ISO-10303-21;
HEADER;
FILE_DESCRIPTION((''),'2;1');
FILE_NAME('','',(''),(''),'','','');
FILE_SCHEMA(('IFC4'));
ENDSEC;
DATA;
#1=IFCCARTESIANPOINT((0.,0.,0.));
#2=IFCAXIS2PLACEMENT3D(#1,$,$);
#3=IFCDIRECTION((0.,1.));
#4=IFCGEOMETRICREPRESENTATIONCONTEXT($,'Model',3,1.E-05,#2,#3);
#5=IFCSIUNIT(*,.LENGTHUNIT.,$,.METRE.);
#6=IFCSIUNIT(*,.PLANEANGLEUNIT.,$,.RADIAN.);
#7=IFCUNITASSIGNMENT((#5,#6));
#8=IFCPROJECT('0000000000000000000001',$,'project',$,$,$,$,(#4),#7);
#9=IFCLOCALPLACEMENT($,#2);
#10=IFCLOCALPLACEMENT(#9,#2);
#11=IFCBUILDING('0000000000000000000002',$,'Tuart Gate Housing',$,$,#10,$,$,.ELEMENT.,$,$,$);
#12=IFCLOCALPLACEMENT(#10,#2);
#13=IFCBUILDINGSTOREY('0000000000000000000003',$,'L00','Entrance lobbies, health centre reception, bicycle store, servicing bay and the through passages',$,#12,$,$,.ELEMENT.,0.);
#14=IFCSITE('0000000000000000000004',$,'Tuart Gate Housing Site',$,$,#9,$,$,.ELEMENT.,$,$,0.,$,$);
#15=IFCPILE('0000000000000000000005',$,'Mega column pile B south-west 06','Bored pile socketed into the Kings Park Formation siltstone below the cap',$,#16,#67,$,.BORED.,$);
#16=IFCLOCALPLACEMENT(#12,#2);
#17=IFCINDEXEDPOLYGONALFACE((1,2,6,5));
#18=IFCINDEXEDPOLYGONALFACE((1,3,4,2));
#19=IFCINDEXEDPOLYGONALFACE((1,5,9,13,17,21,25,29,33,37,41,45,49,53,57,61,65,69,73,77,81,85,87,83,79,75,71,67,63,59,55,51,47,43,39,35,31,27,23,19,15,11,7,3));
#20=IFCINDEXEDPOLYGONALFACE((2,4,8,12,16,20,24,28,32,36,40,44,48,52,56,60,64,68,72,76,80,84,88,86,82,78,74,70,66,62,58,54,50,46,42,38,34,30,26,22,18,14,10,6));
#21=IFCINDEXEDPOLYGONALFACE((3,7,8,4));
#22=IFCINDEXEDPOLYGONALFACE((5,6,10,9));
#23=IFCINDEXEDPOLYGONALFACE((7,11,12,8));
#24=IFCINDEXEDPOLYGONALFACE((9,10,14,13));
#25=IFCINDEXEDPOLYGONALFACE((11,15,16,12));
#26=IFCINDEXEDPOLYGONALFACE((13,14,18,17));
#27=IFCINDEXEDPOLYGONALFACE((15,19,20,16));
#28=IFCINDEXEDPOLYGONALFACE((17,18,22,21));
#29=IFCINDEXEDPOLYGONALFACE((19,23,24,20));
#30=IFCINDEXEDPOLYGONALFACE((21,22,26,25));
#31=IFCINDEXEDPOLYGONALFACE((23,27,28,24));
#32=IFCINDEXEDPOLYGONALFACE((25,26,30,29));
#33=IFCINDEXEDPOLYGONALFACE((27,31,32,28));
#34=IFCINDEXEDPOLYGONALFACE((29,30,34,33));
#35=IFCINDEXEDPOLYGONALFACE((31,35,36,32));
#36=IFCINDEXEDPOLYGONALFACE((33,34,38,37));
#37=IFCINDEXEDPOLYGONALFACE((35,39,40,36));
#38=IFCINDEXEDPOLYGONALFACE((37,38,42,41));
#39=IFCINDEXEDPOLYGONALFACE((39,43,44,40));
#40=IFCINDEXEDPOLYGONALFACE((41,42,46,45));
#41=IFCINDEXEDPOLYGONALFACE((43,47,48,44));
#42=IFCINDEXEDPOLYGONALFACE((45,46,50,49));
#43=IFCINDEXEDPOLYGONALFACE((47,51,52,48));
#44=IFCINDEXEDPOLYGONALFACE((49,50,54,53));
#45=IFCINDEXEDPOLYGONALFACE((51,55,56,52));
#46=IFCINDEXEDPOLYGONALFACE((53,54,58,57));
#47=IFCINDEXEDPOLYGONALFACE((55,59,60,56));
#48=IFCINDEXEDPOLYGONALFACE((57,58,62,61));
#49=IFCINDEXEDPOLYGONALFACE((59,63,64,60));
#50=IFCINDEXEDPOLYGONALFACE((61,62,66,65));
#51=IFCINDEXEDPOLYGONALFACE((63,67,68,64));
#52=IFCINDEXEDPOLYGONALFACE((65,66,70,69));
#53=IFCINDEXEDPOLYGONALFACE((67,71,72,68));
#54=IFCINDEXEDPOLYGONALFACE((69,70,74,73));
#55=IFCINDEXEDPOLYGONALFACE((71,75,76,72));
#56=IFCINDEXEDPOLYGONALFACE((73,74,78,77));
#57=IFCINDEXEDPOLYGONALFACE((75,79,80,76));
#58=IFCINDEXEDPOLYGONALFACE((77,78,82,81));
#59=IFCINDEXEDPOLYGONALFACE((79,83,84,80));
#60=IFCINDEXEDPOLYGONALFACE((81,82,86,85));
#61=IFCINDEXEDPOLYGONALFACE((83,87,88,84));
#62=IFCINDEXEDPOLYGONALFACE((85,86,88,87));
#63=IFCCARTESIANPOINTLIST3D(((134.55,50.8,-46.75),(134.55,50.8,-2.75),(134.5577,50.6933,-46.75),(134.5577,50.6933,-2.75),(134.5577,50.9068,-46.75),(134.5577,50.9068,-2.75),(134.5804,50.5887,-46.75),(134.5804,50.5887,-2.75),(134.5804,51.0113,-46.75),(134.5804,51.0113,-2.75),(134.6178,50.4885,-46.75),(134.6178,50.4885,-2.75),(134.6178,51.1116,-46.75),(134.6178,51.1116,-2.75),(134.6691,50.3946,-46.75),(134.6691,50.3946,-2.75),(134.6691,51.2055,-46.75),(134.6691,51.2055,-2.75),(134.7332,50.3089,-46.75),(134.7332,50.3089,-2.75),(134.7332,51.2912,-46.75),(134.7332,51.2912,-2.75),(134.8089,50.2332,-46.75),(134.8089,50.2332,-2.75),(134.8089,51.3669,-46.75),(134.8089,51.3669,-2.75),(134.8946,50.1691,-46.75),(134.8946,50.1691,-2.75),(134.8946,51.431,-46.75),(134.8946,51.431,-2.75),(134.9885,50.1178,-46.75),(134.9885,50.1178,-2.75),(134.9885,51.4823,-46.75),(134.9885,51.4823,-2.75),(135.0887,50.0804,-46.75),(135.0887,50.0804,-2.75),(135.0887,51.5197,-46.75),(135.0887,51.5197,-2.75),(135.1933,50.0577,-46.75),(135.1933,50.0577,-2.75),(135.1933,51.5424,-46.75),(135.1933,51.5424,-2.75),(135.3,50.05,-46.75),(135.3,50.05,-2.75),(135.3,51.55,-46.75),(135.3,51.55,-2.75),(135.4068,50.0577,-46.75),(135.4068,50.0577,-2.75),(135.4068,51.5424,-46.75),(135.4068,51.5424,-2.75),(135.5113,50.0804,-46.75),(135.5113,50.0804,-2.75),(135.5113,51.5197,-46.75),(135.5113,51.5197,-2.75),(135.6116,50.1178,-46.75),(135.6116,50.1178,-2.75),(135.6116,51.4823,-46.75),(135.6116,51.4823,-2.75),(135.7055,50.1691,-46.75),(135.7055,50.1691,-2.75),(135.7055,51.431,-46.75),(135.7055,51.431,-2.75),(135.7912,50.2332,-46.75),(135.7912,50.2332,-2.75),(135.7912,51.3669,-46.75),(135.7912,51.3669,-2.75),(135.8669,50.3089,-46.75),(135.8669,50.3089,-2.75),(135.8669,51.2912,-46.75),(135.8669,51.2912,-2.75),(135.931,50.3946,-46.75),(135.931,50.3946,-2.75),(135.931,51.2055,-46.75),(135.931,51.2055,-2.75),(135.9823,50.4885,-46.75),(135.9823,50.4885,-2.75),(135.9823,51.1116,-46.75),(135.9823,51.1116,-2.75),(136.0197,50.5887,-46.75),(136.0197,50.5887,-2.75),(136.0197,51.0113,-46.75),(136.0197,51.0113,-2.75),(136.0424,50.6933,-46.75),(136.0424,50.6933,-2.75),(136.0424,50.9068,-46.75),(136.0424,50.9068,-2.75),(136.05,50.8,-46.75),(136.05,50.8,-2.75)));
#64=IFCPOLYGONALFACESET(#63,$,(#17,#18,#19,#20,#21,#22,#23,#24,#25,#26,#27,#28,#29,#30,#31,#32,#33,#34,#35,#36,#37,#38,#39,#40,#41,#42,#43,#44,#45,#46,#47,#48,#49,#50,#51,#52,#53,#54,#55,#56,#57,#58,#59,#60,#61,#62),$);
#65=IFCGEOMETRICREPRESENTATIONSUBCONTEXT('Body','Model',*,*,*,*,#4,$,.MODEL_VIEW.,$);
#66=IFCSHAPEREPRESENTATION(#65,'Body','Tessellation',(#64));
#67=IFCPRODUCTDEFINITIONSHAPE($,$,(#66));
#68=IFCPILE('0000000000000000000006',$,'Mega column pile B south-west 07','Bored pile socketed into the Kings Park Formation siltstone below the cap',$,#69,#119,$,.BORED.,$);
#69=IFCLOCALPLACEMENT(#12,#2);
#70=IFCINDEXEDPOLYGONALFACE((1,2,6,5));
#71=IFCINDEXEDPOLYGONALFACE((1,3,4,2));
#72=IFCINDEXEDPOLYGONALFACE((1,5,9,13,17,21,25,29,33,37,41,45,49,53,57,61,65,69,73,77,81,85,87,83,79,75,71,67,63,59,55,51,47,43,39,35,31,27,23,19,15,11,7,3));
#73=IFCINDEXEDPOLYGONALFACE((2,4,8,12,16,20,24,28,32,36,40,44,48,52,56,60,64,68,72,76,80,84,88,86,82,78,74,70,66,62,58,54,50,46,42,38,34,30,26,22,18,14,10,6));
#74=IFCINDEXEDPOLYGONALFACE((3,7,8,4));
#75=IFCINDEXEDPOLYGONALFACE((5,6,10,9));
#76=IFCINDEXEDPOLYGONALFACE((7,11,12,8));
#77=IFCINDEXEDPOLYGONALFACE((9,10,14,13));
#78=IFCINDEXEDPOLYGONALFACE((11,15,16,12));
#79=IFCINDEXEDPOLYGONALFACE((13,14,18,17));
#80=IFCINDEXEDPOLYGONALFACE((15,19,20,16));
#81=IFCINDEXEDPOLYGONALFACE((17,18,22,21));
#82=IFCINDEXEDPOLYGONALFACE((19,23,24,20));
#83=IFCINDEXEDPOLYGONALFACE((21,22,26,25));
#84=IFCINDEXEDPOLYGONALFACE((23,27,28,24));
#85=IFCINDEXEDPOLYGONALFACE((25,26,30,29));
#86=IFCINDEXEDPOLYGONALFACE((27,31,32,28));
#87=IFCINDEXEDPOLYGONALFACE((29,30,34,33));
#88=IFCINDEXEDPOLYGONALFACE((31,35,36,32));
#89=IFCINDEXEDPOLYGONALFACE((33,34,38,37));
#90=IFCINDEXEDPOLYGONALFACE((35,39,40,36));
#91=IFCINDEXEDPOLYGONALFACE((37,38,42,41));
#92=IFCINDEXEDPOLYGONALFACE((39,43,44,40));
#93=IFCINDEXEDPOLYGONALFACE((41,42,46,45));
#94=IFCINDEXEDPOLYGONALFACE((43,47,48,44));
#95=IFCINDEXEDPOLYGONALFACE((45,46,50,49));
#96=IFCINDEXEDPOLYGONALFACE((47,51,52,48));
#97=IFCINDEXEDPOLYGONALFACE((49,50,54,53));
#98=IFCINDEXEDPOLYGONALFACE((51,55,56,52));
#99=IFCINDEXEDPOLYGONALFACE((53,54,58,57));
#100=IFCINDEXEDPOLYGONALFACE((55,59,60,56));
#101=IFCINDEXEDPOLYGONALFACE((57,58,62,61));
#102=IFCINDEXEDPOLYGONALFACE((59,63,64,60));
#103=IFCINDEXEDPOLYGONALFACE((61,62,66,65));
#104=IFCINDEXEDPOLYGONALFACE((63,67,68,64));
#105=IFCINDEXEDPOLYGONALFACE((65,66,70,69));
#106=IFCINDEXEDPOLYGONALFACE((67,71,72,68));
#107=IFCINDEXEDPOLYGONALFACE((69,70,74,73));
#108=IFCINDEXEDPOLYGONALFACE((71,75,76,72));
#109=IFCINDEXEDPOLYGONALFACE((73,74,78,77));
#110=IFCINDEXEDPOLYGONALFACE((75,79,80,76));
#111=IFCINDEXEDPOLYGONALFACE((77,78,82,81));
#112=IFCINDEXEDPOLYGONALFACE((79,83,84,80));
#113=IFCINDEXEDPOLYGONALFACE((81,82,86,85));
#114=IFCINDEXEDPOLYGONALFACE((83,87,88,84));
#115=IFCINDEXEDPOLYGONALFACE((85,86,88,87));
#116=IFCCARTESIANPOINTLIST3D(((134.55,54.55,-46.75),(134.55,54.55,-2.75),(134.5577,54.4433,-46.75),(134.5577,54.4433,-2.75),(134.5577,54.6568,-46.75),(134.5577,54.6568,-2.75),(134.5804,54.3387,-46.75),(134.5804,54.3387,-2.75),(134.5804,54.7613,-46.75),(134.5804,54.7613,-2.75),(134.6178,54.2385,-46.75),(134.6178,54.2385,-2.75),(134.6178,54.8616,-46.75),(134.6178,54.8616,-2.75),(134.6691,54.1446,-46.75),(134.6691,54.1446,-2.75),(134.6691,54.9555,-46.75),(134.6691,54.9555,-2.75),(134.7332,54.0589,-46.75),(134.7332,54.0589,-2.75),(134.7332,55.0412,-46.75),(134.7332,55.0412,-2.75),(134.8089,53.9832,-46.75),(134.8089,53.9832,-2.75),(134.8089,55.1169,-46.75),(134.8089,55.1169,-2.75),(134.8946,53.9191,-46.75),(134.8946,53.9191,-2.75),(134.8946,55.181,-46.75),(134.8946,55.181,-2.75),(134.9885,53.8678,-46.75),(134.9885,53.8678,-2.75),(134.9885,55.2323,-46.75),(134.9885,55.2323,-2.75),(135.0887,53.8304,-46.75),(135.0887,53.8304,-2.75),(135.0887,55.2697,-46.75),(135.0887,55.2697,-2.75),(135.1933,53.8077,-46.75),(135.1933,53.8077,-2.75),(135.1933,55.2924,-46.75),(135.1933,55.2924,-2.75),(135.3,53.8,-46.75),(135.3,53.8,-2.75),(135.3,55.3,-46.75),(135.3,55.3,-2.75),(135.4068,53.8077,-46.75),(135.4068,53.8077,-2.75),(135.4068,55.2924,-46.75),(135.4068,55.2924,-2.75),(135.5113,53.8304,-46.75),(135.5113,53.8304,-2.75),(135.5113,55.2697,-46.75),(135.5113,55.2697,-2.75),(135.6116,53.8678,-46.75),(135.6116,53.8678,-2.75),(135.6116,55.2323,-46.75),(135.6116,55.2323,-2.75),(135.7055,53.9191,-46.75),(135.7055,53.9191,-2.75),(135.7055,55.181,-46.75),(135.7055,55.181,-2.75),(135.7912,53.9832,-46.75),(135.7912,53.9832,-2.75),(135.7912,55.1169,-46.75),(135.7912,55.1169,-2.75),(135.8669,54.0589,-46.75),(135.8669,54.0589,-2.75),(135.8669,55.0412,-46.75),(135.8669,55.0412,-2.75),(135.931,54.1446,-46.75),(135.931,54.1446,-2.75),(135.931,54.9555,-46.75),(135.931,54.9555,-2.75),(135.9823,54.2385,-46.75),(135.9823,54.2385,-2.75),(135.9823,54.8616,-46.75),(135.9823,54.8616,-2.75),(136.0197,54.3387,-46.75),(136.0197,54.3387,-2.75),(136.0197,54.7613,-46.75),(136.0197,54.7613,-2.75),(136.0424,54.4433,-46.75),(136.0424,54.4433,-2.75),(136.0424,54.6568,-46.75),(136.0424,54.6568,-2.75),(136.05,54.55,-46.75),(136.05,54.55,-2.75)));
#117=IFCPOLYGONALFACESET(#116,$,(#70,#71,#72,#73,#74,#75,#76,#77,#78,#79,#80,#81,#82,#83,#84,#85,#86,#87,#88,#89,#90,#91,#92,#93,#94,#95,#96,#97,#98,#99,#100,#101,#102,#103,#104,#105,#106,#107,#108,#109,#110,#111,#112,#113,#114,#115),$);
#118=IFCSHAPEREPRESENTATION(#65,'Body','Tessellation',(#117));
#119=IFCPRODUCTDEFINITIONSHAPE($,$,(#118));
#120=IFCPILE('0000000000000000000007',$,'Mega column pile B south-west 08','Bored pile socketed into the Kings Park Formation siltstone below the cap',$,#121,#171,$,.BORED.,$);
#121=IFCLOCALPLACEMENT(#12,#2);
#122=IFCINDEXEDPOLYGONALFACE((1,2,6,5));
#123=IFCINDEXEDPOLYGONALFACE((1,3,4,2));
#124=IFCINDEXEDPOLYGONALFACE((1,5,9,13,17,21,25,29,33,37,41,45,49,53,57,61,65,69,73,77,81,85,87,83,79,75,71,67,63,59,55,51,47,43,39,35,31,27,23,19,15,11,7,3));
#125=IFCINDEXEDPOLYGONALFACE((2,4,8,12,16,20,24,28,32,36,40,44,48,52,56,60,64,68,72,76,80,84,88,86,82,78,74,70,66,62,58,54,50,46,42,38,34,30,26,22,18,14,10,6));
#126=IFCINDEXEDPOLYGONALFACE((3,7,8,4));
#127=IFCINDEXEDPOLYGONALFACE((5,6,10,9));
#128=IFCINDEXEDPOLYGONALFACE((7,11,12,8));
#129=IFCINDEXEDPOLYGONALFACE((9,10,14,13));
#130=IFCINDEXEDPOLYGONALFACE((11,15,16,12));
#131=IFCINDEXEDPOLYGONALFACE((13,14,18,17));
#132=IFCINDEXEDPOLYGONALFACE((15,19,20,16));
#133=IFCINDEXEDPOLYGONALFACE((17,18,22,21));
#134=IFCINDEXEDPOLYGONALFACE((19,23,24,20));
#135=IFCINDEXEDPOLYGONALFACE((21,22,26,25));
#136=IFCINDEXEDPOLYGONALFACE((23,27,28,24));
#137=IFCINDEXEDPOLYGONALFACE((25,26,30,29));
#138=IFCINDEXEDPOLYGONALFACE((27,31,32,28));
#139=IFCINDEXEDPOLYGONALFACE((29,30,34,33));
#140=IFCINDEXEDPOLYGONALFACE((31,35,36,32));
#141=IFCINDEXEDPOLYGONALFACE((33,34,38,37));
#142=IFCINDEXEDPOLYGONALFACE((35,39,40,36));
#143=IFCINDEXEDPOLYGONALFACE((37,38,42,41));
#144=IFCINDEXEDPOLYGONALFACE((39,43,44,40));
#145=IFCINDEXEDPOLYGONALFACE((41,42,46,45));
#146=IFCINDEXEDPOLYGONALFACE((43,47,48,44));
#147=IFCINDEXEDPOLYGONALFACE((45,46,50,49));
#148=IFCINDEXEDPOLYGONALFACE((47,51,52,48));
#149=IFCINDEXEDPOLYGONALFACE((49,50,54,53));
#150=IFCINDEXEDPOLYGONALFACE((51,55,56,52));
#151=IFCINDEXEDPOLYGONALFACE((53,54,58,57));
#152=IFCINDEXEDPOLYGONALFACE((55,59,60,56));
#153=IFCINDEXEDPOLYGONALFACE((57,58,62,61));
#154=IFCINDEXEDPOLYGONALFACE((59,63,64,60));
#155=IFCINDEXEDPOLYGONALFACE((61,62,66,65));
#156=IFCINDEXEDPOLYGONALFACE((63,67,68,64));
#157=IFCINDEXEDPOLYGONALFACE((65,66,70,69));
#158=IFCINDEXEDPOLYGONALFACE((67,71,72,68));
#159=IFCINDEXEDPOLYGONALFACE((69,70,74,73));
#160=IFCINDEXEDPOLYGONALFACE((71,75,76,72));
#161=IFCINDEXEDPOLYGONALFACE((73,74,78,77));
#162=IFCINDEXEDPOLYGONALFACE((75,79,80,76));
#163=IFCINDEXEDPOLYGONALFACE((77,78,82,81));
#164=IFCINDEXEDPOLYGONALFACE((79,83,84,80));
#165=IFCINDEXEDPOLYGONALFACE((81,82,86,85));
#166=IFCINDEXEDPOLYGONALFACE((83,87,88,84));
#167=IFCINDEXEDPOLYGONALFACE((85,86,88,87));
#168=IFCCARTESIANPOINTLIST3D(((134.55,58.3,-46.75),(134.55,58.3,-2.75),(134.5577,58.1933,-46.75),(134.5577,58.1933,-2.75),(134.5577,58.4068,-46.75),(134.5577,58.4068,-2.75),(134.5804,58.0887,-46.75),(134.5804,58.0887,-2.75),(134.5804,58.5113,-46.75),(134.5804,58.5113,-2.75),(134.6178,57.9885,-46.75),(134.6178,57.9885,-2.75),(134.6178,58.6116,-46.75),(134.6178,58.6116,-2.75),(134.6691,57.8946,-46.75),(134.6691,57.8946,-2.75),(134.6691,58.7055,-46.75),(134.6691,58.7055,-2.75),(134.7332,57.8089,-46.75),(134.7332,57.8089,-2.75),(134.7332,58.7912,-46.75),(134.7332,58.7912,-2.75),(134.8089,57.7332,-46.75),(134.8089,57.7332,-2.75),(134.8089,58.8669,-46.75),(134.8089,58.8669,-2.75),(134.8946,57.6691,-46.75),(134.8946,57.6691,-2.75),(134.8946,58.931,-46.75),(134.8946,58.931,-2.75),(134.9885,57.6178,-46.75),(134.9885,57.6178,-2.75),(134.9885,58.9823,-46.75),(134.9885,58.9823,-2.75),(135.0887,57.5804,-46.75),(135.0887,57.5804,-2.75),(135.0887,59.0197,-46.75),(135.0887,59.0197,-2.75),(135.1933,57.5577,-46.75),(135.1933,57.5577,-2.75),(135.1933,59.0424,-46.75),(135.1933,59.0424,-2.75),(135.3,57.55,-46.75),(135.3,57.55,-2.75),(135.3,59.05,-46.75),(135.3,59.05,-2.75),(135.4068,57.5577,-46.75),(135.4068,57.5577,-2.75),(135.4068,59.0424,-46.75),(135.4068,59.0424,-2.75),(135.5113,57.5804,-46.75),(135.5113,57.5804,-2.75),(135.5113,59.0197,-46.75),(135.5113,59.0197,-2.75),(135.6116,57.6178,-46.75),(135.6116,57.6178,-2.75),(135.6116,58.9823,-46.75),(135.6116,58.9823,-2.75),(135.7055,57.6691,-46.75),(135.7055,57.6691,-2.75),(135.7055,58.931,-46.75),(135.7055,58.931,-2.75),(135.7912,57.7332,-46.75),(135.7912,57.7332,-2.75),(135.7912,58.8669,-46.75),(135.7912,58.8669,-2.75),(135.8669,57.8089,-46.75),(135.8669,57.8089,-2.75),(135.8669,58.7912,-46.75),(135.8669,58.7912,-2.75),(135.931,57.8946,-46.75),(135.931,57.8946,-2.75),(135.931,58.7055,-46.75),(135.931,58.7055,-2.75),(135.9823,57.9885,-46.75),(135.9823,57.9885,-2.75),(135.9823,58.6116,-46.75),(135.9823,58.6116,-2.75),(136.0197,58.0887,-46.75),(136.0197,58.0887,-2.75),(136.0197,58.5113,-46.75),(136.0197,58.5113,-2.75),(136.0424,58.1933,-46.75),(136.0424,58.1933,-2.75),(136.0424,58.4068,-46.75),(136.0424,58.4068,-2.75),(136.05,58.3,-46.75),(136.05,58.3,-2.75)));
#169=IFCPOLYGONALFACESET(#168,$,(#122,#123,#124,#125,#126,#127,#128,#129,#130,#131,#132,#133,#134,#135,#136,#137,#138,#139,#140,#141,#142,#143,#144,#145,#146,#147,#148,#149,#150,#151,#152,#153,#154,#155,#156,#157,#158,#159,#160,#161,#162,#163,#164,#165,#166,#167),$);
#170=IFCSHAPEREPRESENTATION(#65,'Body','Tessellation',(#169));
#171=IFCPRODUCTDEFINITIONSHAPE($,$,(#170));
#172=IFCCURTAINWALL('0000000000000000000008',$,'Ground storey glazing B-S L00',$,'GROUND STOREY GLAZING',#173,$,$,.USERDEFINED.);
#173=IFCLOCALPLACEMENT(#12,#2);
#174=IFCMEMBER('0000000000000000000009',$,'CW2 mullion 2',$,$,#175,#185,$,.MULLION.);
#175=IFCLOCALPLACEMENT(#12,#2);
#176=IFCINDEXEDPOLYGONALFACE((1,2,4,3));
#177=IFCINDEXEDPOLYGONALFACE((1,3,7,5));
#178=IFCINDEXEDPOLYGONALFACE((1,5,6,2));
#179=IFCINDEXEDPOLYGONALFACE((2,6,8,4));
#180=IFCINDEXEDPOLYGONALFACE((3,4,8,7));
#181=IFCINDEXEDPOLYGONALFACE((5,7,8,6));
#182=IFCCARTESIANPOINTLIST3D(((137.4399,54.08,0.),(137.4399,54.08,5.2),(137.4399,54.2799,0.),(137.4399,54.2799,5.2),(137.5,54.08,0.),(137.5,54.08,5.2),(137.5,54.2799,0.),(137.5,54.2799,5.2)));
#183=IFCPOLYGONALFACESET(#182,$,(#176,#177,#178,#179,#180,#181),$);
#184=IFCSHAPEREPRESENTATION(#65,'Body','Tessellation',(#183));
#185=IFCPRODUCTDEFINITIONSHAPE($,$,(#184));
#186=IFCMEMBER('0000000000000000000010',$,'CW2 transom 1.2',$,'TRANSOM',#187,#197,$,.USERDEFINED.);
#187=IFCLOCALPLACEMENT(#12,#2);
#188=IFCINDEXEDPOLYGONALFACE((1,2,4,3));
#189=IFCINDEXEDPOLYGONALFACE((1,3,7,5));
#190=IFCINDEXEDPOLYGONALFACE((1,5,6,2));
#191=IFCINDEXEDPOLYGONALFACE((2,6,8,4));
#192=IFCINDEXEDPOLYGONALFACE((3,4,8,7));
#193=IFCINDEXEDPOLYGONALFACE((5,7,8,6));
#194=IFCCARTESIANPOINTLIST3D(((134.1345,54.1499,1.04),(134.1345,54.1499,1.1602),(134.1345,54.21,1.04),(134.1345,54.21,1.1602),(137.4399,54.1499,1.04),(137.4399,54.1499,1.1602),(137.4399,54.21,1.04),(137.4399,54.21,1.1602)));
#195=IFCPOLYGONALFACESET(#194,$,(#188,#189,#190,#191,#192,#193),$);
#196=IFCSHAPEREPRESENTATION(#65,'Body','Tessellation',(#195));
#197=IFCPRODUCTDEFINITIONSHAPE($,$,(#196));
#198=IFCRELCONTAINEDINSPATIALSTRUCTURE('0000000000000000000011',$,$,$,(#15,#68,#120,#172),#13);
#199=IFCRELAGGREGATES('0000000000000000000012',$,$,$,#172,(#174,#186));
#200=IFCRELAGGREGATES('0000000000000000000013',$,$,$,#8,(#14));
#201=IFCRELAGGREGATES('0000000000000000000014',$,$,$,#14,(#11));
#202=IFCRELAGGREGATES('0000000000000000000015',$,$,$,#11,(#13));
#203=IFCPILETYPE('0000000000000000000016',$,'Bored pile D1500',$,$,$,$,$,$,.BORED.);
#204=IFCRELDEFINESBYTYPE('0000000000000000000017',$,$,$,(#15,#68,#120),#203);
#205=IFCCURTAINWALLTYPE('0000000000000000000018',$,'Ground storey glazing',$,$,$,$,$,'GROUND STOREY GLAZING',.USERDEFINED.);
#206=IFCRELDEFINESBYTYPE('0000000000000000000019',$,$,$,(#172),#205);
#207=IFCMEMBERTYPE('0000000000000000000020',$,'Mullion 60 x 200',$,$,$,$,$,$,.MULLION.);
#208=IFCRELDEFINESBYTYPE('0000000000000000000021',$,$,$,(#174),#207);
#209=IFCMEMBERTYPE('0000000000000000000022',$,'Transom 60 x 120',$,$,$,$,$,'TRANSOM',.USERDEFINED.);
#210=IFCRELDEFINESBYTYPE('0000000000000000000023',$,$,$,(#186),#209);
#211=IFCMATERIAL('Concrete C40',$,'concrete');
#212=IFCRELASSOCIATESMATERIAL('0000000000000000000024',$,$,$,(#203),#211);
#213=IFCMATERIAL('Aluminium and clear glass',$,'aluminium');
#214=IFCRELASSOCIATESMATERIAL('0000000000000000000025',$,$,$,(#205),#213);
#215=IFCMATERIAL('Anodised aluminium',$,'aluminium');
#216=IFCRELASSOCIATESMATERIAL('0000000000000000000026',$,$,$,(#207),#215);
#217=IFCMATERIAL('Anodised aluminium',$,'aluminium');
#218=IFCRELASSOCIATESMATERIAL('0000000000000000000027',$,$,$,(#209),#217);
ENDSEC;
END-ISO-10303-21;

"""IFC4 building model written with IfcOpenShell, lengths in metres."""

from ifc_helpers import new_model, si_unit, direction, frame, origin, origin_2d, place, context, subcontext, project, spatial, rectangle, circle, extrude, material, material_profile, profile_set, type_object, element, aggregate, save


model = new_model("IFC4")

# Units and contexts
model_context = context("Model", 3, precision=1e-05, world=origin(), true_north=direction((0.0, 1.0)))
body_context = subcontext(model_context, "Body", "Model", "MODEL_VIEW")
ifc_project = project(units=[si_unit("LENGTHUNIT", "METRE"), si_unit("PLANEANGLEUNIT", "RADIAN")], contexts=[model_context])

# Site, building, storey
site_placement = place(None, origin())
site = spatial("IfcSite", under=ifc_project, at=site_placement, Name="Tuart Gate Housing Site", CompositionType="ELEMENT", RefElevation=0.0)
building_placement = place(site_placement, origin())
building = spatial("IfcBuilding", under=site, at=building_placement, Name="Tuart Gate Housing", CompositionType="ELEMENT")
storey_placement = place(building_placement, origin())
storey = spatial("IfcBuildingStorey", under=building, at=storey_placement, Name="L00", Description="Entrance lobbies, health centre reception, bicycle store, servicing bay and the through passages", CompositionType="ELEMENT", Elevation=0.0)

# Piles
ifc_material_1 = material(Name="Concrete C40", Category="concrete")
ifc_material_profile_1 = material_profile(ifc_material_1, circle(Radius=0.75, at=origin_2d()), Name="Bored pile D1500")
ifc_profile_set_1 = profile_set([ifc_material_profile_1], Name="Concrete C40")
pile_type = type_object("IfcPileType", Name="Bored pile D1500", PredefinedType="BORED", material=ifc_profile_set_1)
for number, where, z_axis, x_axis, name in (
    (1, (135.3, 50.8, -2.75), (0.0, 0.0, -1.0), (1.0, 0.0, 0.0), "Mega column pile B south-west 06"),
    (2, (135.3, 54.55, -2.75), (0.0, 0.0, -1.0), (1.0, 0.0, 0.0), "Mega column pile B south-west 07"),
    (3, (135.3, 58.3, -2.75), (0.0, 0.0, -1.0), (1.0, 0.0, 0.0), "Mega column pile B south-west 08"),
):
    element("IfcPile", number, at=place(storey_placement, frame(where, z_axis=z_axis, x_axis=x_axis)), inside=storey, type_object=pile_type, Name=name, Description="Bored pile socketed into the Kings Park Formation siltstone below the cap", PredefinedType="BORED", context=body_context, shape_type="SweptSolid", body=[
        extrude(circle(Radius=0.75, at=origin_2d()), origin(), (0.0, 0.0, 1.0), 44.0),
    ])

# Curtain wall, members
ifc_material_2 = material(Name="Aluminium and clear glass", Category="aluminium")
curtain_wall_type = type_object("IfcCurtainWallType", Name="Ground storey glazing", ElementType="GROUND STOREY GLAZING", PredefinedType="USERDEFINED", material=ifc_material_2)
curtain_wall_placement = place(storey_placement, origin())
curtain_wall = element("IfcCurtainWall", 4, at=curtain_wall_placement, inside=storey, type_object=curtain_wall_type, Name="Ground storey glazing B-S L00", ObjectType="GROUND STOREY GLAZING", PredefinedType="USERDEFINED")
ifc_material_3 = material(Name="Anodised aluminium", Category="aluminium")
ifc_material_profile_2 = material_profile(ifc_material_3, rectangle(XDim=0.0601, YDim=0.2, at=origin_2d()), Name="60x200")
ifc_profile_set_2 = profile_set([ifc_material_profile_2], Name="Anodised aluminium")
member_type_1 = type_object("IfcMemberType", Name="Mullion 60 x 200", PredefinedType="MULLION", material=ifc_profile_set_2)
member_1_placement = place(storey_placement, frame((137.47, 54.1799, 0.0), z_axis=(0.0, 0.0, 1.0), x_axis=(1.0, 0.0, 0.0)))
member_1 = element("IfcMember", 5, at=member_1_placement, type_object=member_type_1, Name="CW2 mullion 2", PredefinedType="MULLION", context=body_context, shape_type="SweptSolid", body=[
    extrude(rectangle(XDim=0.0601, YDim=0.2, at=origin_2d()), origin(), (0.0, 0.0, 1.0), 5.2),
])
ifc_material_4 = material(Name="Anodised aluminium", Category="aluminium")
ifc_material_profile_3 = material_profile(ifc_material_4, rectangle(XDim=0.0601, YDim=0.1201, at=origin_2d()), Name="60x120")
ifc_profile_set_3 = profile_set([ifc_material_profile_3], Name="Anodised aluminium")
member_type_2 = type_object("IfcMemberType", Name="Transom 60 x 120", ElementType="TRANSOM", PredefinedType="USERDEFINED", material=ifc_profile_set_3)
member_2_placement = place(storey_placement, frame((134.1345, 54.1799, 1.1001), z_axis=(1.0, 0.0, 0.0), x_axis=(0.0, 1.0, 0.0)))
member_2 = element("IfcMember", 6, at=member_2_placement, type_object=member_type_2, Name="CW2 transom 1.2", ObjectType="TRANSOM", PredefinedType="USERDEFINED", context=body_context, shape_type="SweptSolid", body=[
    extrude(rectangle(XDim=0.0601, YDim=0.1201, at=origin_2d()), origin(), (0.0, 0.0, 1.0), 3.3054),
])
aggregate(curtain_wall, [member_1, member_2])

save(model, "model.ifc")
